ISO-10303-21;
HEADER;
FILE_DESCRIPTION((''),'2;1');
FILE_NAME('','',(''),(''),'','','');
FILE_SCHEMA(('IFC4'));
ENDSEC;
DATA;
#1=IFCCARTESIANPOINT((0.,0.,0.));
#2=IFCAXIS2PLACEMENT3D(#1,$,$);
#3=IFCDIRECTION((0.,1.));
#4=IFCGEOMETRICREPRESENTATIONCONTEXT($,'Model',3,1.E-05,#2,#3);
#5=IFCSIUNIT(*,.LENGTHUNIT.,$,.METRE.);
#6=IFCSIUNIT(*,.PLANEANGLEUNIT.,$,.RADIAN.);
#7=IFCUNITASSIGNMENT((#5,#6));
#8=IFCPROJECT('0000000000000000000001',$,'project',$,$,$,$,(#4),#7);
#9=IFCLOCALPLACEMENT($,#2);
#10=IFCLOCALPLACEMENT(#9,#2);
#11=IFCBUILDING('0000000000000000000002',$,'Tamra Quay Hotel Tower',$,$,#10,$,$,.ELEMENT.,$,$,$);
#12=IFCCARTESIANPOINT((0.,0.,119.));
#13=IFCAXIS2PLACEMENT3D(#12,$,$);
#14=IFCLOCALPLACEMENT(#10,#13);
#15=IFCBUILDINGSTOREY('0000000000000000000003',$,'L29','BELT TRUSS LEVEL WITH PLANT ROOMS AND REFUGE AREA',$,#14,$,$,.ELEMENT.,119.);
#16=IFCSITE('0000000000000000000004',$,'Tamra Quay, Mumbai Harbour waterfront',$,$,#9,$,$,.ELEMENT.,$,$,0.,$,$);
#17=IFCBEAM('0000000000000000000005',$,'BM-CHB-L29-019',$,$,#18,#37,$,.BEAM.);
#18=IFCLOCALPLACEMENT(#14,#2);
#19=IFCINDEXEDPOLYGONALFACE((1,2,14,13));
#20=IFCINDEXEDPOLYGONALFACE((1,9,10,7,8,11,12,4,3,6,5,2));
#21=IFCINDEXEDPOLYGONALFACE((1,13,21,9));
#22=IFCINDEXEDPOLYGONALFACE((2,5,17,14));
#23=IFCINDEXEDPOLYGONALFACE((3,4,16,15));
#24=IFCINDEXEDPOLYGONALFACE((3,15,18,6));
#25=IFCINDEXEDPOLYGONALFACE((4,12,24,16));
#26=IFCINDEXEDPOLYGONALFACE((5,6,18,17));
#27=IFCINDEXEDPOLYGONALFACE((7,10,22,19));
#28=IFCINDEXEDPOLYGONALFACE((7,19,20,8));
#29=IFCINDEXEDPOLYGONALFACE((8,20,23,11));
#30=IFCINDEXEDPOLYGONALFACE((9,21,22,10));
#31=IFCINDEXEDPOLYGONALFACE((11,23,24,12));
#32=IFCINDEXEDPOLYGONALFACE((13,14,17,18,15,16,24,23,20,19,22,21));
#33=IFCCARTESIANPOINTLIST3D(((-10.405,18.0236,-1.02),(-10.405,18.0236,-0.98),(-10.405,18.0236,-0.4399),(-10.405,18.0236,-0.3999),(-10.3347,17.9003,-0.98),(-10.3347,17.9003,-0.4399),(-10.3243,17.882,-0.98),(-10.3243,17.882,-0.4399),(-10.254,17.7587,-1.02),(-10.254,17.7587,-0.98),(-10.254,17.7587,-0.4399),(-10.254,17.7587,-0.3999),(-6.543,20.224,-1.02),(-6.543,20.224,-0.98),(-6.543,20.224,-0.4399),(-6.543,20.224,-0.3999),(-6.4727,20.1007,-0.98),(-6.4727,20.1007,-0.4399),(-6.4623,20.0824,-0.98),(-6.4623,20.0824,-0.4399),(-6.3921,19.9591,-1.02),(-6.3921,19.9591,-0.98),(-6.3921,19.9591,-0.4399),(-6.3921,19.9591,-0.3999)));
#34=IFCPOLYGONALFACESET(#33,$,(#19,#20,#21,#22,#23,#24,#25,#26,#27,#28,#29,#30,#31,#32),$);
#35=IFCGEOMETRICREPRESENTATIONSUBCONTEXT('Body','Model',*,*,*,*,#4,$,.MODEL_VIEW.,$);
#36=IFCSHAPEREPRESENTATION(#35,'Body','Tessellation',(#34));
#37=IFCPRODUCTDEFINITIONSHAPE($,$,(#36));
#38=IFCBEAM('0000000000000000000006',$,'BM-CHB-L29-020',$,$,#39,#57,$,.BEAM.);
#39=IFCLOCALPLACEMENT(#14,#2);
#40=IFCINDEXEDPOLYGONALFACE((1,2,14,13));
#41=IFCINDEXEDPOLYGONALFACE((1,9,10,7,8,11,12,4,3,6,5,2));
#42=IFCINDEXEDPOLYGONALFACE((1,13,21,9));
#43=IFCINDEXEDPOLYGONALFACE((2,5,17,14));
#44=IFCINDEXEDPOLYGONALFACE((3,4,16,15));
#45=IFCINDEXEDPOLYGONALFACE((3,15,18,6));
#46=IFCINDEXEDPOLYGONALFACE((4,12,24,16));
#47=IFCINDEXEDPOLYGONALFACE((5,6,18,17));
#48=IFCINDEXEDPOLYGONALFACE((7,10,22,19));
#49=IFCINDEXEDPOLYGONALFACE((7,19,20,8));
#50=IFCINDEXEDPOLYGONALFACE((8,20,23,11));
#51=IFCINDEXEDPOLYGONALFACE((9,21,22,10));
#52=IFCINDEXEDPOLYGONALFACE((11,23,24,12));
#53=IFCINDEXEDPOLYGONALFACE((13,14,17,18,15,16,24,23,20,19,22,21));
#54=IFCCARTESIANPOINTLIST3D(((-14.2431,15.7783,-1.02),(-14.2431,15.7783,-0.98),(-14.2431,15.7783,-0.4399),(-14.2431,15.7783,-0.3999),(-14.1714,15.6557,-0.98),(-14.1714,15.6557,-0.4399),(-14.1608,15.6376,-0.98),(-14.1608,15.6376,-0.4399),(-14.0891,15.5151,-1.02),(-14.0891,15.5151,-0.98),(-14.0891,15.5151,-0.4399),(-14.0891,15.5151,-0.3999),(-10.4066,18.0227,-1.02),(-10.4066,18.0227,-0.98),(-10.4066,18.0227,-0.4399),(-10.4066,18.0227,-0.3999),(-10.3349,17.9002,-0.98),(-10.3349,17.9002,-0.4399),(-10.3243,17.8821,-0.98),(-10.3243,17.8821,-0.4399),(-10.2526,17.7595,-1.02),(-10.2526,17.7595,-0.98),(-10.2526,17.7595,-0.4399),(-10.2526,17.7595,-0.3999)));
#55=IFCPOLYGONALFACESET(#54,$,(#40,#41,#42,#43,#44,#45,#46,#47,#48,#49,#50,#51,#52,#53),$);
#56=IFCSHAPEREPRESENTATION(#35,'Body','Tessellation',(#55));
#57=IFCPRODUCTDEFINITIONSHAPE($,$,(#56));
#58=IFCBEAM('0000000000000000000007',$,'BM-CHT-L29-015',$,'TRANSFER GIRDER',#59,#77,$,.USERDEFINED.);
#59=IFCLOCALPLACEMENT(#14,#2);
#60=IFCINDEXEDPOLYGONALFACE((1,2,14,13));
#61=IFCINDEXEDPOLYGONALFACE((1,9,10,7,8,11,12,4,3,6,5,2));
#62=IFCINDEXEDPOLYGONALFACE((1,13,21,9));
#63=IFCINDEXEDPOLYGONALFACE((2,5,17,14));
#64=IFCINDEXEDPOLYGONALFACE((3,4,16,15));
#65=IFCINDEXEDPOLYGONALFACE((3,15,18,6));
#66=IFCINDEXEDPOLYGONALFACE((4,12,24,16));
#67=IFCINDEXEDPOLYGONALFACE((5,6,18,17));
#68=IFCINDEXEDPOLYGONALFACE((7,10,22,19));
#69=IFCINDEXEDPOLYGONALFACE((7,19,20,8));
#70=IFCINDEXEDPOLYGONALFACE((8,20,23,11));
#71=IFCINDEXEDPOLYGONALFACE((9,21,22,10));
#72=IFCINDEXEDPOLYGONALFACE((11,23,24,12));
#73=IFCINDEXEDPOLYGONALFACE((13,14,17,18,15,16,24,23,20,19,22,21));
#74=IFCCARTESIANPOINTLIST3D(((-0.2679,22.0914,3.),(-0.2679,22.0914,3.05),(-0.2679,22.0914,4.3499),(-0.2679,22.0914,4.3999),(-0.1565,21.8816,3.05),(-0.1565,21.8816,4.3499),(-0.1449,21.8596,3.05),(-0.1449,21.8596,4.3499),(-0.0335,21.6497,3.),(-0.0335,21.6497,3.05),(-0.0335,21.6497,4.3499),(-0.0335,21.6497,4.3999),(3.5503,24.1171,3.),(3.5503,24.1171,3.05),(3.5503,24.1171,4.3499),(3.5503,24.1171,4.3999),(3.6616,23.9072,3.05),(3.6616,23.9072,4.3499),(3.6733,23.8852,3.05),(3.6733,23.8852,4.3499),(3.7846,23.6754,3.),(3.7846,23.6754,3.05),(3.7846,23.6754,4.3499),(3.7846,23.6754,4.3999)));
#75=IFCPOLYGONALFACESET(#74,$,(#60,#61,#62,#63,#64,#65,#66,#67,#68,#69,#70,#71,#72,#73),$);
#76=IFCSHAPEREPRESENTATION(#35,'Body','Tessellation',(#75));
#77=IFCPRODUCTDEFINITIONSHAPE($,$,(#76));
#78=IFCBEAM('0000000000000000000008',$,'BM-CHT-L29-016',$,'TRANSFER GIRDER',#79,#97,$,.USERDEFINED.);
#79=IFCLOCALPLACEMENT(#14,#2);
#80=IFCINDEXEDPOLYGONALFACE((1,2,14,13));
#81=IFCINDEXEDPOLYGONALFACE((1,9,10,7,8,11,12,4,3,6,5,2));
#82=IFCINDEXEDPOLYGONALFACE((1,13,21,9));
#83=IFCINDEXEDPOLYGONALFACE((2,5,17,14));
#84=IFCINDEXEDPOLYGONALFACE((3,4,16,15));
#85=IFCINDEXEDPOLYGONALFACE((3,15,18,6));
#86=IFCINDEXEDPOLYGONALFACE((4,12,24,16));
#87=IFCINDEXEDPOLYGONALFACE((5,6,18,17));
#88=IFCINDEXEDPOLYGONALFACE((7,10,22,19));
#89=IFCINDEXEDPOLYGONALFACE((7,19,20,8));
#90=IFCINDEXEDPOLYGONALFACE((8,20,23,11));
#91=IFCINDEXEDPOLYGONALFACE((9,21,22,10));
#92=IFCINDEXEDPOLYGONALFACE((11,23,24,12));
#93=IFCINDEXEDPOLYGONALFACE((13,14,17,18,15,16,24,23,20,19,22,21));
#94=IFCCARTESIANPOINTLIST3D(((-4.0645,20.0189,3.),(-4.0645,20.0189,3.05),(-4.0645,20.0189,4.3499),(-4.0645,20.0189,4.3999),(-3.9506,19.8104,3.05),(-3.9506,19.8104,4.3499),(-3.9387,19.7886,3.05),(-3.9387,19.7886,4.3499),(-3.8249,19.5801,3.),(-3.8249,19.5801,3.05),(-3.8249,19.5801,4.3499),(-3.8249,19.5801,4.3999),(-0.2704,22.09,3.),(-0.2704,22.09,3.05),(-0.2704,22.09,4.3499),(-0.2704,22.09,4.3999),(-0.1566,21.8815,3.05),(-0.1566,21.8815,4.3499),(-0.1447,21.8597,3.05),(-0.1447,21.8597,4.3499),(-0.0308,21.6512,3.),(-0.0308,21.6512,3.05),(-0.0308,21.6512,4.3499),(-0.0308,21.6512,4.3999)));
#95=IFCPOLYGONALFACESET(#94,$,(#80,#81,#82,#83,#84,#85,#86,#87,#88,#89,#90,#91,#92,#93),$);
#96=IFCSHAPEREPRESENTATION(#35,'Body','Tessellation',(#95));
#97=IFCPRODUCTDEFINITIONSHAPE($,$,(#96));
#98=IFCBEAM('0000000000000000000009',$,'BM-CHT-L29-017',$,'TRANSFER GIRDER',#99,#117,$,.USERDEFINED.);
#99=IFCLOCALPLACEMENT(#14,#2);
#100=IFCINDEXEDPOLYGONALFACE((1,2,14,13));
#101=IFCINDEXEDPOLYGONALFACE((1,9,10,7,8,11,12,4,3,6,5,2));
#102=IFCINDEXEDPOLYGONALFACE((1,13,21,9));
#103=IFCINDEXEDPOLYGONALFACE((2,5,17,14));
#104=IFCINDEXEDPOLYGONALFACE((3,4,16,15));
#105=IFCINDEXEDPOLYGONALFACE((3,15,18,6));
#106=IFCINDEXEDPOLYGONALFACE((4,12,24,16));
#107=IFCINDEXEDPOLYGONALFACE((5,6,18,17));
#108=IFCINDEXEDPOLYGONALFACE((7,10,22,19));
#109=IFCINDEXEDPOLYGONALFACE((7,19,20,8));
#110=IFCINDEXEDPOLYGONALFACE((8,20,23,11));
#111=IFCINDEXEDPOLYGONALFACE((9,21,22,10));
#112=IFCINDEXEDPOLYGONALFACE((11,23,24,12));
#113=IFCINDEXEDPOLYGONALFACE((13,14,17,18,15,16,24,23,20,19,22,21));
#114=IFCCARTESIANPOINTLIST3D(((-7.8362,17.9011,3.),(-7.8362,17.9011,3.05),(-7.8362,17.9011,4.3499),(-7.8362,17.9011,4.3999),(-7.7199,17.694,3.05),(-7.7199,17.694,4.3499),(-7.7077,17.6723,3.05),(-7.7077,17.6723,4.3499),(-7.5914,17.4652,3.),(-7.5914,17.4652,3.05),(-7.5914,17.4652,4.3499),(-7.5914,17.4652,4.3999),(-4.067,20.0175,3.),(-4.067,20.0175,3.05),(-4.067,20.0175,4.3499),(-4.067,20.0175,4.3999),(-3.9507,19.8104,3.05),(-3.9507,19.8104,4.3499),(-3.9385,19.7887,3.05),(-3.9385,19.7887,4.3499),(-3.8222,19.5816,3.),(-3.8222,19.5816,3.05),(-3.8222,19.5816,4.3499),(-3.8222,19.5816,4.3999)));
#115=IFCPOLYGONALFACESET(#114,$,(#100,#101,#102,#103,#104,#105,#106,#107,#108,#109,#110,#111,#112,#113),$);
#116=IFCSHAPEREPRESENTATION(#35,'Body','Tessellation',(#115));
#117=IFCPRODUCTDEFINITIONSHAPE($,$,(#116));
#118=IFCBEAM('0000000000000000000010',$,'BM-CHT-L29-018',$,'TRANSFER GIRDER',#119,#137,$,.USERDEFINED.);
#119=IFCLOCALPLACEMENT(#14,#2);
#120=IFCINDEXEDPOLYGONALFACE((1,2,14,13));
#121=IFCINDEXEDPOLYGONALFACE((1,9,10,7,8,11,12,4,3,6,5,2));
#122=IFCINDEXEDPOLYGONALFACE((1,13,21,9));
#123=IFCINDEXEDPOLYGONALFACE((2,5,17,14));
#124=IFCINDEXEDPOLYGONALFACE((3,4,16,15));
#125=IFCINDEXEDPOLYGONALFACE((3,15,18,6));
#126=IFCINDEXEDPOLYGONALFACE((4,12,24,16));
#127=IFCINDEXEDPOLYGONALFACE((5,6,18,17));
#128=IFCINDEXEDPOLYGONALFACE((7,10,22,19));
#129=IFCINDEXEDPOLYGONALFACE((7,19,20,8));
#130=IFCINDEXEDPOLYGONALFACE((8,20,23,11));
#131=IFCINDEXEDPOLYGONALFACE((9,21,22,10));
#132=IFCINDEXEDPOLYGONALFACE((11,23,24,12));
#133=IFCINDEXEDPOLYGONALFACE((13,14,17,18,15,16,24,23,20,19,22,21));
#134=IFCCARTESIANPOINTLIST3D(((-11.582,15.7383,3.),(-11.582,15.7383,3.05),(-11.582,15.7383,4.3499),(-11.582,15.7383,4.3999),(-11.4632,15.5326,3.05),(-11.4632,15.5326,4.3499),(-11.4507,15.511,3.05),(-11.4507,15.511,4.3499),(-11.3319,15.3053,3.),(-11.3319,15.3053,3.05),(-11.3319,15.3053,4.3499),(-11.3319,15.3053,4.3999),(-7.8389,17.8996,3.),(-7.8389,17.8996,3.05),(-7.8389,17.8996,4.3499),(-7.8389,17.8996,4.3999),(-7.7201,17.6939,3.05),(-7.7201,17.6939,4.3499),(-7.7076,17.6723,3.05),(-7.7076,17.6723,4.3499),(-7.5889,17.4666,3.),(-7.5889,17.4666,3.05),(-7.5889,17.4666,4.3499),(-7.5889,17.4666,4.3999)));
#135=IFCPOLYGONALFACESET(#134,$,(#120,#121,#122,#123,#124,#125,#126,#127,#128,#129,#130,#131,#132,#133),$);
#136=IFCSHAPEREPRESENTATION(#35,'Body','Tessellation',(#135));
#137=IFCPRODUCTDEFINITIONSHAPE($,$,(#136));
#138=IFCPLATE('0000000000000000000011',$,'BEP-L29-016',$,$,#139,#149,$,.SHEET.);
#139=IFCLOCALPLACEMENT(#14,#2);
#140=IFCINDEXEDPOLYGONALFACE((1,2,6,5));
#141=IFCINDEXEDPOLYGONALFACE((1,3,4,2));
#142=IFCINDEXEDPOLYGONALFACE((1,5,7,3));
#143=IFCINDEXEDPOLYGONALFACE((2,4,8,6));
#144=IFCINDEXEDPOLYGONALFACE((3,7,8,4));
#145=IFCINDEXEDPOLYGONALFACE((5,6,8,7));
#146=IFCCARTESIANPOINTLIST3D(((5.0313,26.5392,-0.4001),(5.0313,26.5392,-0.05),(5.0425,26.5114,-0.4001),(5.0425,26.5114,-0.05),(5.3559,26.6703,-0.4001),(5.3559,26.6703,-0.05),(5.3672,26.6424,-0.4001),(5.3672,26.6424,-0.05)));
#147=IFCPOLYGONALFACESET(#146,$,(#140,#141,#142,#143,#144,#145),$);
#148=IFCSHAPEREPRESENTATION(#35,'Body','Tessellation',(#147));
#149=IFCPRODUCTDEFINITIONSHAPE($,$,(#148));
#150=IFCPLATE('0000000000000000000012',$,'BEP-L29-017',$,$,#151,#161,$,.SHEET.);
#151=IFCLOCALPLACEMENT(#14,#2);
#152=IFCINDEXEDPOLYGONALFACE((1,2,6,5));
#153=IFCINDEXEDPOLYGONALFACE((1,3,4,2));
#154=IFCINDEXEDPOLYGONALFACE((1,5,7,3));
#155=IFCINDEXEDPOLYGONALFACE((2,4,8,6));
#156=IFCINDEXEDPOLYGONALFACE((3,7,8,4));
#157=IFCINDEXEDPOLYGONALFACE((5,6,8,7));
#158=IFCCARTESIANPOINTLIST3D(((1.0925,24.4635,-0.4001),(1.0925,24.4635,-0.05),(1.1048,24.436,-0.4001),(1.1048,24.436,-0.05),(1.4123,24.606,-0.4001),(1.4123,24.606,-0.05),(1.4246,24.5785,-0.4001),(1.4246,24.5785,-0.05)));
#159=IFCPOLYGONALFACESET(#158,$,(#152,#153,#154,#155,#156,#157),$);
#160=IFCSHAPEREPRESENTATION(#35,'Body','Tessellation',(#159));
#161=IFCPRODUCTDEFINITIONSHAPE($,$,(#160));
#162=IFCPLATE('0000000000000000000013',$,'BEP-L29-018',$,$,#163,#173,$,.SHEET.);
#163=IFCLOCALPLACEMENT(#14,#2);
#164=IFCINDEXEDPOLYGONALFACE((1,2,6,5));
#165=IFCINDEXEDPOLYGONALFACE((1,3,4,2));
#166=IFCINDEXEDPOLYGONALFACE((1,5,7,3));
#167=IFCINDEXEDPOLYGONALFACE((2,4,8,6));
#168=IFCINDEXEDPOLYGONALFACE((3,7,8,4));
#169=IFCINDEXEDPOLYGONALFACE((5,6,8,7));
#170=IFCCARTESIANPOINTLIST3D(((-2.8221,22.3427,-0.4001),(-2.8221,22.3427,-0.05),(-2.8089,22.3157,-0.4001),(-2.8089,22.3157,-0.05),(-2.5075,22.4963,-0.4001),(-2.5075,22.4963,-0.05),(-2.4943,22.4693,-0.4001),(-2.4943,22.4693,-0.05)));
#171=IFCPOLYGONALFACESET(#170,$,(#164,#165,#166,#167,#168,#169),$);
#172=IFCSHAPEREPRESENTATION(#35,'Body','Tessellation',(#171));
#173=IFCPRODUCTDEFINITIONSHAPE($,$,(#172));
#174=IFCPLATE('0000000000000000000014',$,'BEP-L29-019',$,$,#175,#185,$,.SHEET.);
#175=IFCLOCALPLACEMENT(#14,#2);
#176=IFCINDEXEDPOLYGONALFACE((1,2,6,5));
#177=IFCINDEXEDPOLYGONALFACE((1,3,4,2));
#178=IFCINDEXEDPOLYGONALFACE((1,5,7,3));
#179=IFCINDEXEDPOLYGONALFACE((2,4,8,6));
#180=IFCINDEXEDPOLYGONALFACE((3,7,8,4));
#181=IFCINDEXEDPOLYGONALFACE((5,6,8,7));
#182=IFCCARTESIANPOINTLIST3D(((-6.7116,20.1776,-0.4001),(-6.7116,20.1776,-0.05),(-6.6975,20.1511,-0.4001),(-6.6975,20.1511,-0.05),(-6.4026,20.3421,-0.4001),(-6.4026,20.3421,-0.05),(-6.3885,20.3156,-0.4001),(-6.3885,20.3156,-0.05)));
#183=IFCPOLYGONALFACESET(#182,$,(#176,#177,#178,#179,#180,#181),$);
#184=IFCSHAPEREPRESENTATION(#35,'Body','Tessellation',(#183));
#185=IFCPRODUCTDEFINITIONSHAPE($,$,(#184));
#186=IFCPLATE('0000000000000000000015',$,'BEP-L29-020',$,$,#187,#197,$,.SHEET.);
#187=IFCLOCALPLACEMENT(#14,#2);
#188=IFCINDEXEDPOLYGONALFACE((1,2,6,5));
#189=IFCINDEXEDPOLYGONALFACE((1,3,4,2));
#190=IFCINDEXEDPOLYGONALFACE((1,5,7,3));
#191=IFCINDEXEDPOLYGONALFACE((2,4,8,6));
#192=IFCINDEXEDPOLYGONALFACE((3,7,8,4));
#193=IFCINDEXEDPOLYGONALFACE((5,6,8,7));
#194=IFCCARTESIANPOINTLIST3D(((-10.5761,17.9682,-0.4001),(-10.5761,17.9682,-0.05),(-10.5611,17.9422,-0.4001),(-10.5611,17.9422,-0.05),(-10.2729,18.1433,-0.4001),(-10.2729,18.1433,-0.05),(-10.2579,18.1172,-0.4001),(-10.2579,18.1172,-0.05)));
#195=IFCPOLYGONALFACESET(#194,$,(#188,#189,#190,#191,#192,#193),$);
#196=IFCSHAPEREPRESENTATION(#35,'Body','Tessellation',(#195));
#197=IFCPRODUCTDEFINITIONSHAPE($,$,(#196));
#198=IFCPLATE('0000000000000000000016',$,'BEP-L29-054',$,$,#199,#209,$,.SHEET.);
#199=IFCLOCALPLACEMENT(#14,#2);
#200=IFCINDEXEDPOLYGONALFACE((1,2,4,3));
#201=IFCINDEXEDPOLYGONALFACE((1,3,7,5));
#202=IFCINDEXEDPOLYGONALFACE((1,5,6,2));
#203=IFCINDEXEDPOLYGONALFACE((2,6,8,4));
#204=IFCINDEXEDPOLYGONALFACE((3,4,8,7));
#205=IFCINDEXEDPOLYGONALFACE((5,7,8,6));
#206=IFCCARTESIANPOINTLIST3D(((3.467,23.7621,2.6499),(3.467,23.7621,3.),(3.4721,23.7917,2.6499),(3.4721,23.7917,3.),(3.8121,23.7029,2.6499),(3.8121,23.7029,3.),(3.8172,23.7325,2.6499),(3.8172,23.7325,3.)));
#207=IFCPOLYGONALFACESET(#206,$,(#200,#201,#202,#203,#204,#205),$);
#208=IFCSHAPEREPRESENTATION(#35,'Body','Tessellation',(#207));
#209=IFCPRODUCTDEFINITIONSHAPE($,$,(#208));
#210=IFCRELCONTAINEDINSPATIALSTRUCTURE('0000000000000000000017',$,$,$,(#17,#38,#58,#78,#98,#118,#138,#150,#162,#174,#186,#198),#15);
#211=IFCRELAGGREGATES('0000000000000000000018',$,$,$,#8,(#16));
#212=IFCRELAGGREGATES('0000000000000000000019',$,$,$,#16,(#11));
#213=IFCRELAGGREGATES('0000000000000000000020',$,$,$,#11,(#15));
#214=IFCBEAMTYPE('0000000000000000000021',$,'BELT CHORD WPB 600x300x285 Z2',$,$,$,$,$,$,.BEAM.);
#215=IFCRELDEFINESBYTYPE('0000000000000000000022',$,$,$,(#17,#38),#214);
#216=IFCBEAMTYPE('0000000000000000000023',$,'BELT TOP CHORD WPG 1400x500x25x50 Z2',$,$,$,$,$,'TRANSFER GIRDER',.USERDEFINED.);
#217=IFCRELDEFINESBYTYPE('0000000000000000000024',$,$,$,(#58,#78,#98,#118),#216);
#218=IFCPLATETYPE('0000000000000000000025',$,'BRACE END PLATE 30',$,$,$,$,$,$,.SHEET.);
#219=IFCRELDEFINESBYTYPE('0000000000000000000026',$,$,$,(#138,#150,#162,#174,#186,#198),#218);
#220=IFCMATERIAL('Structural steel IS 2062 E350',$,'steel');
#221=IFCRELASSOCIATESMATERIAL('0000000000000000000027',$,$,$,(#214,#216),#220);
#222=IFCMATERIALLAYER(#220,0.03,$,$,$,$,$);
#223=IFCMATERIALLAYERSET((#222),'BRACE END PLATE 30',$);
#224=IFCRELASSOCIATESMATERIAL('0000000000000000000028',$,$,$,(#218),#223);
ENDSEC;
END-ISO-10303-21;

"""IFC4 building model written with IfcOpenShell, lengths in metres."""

from ifc_helpers import new_model, si_unit, direction, frame, origin, origin_2d, place, context, subcontext, project, spatial, rectangle, i_section, extrude, material, layer, layer_set, material_profile, profile_set, type_object, element, save


model = new_model("IFC4")

# Units and contexts
model_context = context("Model", 3, precision=1e-05, world=origin(), true_north=direction((0.0, 1.0)))
body_context = subcontext(model_context, "Body", "Model", "MODEL_VIEW")
ifc_project = project(units=[si_unit("LENGTHUNIT", "METRE"), si_unit("PLANEANGLEUNIT", "RADIAN")], contexts=[model_context])

# Site, building, storey
site_placement = place(None, origin())
site = spatial("IfcSite", under=ifc_project, at=site_placement, Name="Tamra Quay, Mumbai Harbour waterfront", CompositionType="ELEMENT", RefElevation=0.0)
building_placement = place(site_placement, origin())
building = spatial("IfcBuilding", under=site, at=building_placement, Name="Tamra Quay Hotel Tower", CompositionType="ELEMENT")
storey_placement = place(building_placement, frame((0.0, 0.0, 119.0)))
storey = spatial("IfcBuildingStorey", under=building, at=storey_placement, Name="L29", Description="BELT TRUSS LEVEL WITH PLANT ROOMS AND REFUGE AREA", CompositionType="ELEMENT", Elevation=119.0)

# Shared definitions
ifc_material_1 = material(Name="Structural steel IS 2062 E350", Category="steel")

# Beams
ifc_material_profile_1 = material_profile(ifc_material_1, i_section(OverallWidth=0.3049, OverallDepth=0.6201, WebThickness=0.021, FlangeThickness=0.04, at=origin_2d()), Name="WPB 600x300x285")
ifc_profile_set_1 = profile_set([ifc_material_profile_1], Name="Structural steel IS 2062 E350")
beam_type_1 = type_object("IfcBeamType", Name="BELT CHORD WPB 600x300x285 Z2", PredefinedType="BEAM", material=ifc_profile_set_1)
for number, where, z_axis, x_axis, name in (
    (1, (-6.4675, 20.0916, -0.71), (-0.868868, -0.495044, 0.0), (0.495044, -0.868868, 0.0), "BM-CHB-L29-019"),
    (2, (-10.3296, 17.8911, -0.71), (-0.863145, -0.504957, 0.0), (0.504957, -0.863145, 0.0), "BM-CHB-L29-020"),
):
    element("IfcBeam", number, at=place(storey_placement, frame(where, z_axis=z_axis, x_axis=x_axis)), inside=storey, type_object=beam_type_1, Name=name, PredefinedType="BEAM", context=body_context, shape_type="SweptSolid", body=[
        extrude(i_section(OverallWidth=0.3049, OverallDepth=0.6201, WebThickness=0.021, FlangeThickness=0.04, at=origin_2d()), origin(), (0.0, 0.0, 1.0), 4.4448),
    ])
ifc_material_profile_2 = material_profile(ifc_material_1, i_section(OverallWidth=0.5, OverallDepth=1.3999, WebThickness=0.0249, FlangeThickness=0.05, at=origin_2d()), Name="WPG 1400x500x25x50")
ifc_profile_set_2 = profile_set([ifc_material_profile_2], Name="Structural steel IS 2062 E350")
beam_type_2 = type_object("IfcBeamType", Name="BELT TOP CHORD WPG 1400x500x25x50 Z2", ElementType="TRANSFER GIRDER", PredefinedType="USERDEFINED", material=ifc_profile_set_2)
beam_1_placement = place(storey_placement, frame((3.6675, 23.8962, 3.7), z_axis=(-0.883378, -0.468661, 0.0), x_axis=(0.468661, -0.883378, 0.0)))
element("IfcBeam", 3, at=beam_1_placement, inside=storey, type_object=beam_type_2, Name="BM-CHT-L29-015", ObjectType="TRANSFER GIRDER", PredefinedType="USERDEFINED", context=body_context, shape_type="SweptSolid", body=[
    extrude(i_section(OverallWidth=0.5, OverallDepth=1.3999, WebThickness=0.0249, FlangeThickness=0.05, at=origin_2d()), origin(), (0.0, 0.0, 1.0), 4.3223),
])
beam_2_placement = place(storey_placement, frame((-0.1506, 21.8706, 3.7), z_axis=(-0.877738, -0.479141, 0.0), x_axis=(0.479141, -0.877738, 0.0)))
element("IfcBeam", 4, at=beam_2_placement, inside=storey, type_object=beam_type_2, Name="BM-CHT-L29-016", ObjectType="TRANSFER GIRDER", PredefinedType="USERDEFINED", context=body_context, shape_type="SweptSolid", body=[
    extrude(i_section(OverallWidth=0.5, OverallDepth=1.3999, WebThickness=0.0249, FlangeThickness=0.05, at=origin_2d()), origin(), (0.0, 0.0, 1.0), 4.3225),
])
beam_3_placement = place(storey_placement, frame((-3.9446, 19.7996, 3.7), z_axis=(-0.871948, -0.489599, 0.0), x_axis=(0.489599, -0.871948, 0.0)))
element("IfcBeam", 5, at=beam_3_placement, inside=storey, type_object=beam_type_2, Name="BM-CHT-L29-017", ObjectType="TRANSFER GIRDER", PredefinedType="USERDEFINED", context=body_context, shape_type="SweptSolid", body=[
    extrude(i_section(OverallWidth=0.5, OverallDepth=1.3999, WebThickness=0.0249, FlangeThickness=0.05, at=origin_2d()), origin(), (0.0, 0.0, 1.0), 4.3228),
])
beam_4_placement = place(storey_placement, frame((-7.7139, 17.6831, 3.7), z_axis=(-0.865999, -0.500045, 0.0), x_axis=(0.500045, -0.865999, 0.0)))
element("IfcBeam", 6, at=beam_4_placement, inside=storey, type_object=beam_type_2, Name="BM-CHT-L29-018", ObjectType="TRANSFER GIRDER", PredefinedType="USERDEFINED", context=body_context, shape_type="SweptSolid", body=[
    extrude(i_section(OverallWidth=0.5, OverallDepth=1.3999, WebThickness=0.0249, FlangeThickness=0.05, at=origin_2d()), origin(), (0.0, 0.0, 1.0), 4.3223),
])

# Plates
ifc_layer_1 = layer(ifc_material_1, 0.03)
ifc_layer_set_1 = layer_set([ifc_layer_1], Name="BRACE END PLATE 30")
plate_type = type_object("IfcPlateType", Name="BRACE END PLATE 30", PredefinedType="SHEET", material=ifc_layer_set_1)
for number, where, z_axis, x_axis, name in (
    (7, (5.1992, 26.5908, -0.4001), (0.0, 0.0, 1.0), (-0.374283, 0.927315, 0.0), "BEP-L29-016"),
    (8, (1.2585, 24.521, -0.4001), (0.0, 0.0, 1.0), (-0.406992, 0.913432, 0.0), "BEP-L29-017"),
    (9, (-2.6582, 22.406, -0.4001), (0.0, 0.0, 1.0), (-0.438829, 0.898571, 0.0), "BEP-L29-018"),
    (10, (-6.55, 20.2466, -0.4001), (0.0, 0.0, 1.0), (-0.469758, 0.882795, 0.0), "BEP-L29-019"),
    (11, (-10.417, 18.0427, -0.4001), (0.0, 0.0, 1.0), (-0.500009, 0.86602, 0.0), "BEP-L29-020"),
    (12, (3.6421, 23.7473, 2.6499), (0.0, 0.0, 1.0), (0.169224, 0.985578, 0.0), "BEP-L29-054"),
):
    element("IfcPlate", number, at=place(storey_placement, frame(where, z_axis=z_axis, x_axis=x_axis)), inside=storey, type_object=plate_type, Name=name, PredefinedType="SHEET", context=body_context, shape_type="SweptSolid", body=[
        extrude(rectangle(XDim=0.03, YDim=0.3501, at=origin_2d()), origin(), (0.0, 0.0, 1.0), 0.3501),
    ])

save(model, "model.ifc")
